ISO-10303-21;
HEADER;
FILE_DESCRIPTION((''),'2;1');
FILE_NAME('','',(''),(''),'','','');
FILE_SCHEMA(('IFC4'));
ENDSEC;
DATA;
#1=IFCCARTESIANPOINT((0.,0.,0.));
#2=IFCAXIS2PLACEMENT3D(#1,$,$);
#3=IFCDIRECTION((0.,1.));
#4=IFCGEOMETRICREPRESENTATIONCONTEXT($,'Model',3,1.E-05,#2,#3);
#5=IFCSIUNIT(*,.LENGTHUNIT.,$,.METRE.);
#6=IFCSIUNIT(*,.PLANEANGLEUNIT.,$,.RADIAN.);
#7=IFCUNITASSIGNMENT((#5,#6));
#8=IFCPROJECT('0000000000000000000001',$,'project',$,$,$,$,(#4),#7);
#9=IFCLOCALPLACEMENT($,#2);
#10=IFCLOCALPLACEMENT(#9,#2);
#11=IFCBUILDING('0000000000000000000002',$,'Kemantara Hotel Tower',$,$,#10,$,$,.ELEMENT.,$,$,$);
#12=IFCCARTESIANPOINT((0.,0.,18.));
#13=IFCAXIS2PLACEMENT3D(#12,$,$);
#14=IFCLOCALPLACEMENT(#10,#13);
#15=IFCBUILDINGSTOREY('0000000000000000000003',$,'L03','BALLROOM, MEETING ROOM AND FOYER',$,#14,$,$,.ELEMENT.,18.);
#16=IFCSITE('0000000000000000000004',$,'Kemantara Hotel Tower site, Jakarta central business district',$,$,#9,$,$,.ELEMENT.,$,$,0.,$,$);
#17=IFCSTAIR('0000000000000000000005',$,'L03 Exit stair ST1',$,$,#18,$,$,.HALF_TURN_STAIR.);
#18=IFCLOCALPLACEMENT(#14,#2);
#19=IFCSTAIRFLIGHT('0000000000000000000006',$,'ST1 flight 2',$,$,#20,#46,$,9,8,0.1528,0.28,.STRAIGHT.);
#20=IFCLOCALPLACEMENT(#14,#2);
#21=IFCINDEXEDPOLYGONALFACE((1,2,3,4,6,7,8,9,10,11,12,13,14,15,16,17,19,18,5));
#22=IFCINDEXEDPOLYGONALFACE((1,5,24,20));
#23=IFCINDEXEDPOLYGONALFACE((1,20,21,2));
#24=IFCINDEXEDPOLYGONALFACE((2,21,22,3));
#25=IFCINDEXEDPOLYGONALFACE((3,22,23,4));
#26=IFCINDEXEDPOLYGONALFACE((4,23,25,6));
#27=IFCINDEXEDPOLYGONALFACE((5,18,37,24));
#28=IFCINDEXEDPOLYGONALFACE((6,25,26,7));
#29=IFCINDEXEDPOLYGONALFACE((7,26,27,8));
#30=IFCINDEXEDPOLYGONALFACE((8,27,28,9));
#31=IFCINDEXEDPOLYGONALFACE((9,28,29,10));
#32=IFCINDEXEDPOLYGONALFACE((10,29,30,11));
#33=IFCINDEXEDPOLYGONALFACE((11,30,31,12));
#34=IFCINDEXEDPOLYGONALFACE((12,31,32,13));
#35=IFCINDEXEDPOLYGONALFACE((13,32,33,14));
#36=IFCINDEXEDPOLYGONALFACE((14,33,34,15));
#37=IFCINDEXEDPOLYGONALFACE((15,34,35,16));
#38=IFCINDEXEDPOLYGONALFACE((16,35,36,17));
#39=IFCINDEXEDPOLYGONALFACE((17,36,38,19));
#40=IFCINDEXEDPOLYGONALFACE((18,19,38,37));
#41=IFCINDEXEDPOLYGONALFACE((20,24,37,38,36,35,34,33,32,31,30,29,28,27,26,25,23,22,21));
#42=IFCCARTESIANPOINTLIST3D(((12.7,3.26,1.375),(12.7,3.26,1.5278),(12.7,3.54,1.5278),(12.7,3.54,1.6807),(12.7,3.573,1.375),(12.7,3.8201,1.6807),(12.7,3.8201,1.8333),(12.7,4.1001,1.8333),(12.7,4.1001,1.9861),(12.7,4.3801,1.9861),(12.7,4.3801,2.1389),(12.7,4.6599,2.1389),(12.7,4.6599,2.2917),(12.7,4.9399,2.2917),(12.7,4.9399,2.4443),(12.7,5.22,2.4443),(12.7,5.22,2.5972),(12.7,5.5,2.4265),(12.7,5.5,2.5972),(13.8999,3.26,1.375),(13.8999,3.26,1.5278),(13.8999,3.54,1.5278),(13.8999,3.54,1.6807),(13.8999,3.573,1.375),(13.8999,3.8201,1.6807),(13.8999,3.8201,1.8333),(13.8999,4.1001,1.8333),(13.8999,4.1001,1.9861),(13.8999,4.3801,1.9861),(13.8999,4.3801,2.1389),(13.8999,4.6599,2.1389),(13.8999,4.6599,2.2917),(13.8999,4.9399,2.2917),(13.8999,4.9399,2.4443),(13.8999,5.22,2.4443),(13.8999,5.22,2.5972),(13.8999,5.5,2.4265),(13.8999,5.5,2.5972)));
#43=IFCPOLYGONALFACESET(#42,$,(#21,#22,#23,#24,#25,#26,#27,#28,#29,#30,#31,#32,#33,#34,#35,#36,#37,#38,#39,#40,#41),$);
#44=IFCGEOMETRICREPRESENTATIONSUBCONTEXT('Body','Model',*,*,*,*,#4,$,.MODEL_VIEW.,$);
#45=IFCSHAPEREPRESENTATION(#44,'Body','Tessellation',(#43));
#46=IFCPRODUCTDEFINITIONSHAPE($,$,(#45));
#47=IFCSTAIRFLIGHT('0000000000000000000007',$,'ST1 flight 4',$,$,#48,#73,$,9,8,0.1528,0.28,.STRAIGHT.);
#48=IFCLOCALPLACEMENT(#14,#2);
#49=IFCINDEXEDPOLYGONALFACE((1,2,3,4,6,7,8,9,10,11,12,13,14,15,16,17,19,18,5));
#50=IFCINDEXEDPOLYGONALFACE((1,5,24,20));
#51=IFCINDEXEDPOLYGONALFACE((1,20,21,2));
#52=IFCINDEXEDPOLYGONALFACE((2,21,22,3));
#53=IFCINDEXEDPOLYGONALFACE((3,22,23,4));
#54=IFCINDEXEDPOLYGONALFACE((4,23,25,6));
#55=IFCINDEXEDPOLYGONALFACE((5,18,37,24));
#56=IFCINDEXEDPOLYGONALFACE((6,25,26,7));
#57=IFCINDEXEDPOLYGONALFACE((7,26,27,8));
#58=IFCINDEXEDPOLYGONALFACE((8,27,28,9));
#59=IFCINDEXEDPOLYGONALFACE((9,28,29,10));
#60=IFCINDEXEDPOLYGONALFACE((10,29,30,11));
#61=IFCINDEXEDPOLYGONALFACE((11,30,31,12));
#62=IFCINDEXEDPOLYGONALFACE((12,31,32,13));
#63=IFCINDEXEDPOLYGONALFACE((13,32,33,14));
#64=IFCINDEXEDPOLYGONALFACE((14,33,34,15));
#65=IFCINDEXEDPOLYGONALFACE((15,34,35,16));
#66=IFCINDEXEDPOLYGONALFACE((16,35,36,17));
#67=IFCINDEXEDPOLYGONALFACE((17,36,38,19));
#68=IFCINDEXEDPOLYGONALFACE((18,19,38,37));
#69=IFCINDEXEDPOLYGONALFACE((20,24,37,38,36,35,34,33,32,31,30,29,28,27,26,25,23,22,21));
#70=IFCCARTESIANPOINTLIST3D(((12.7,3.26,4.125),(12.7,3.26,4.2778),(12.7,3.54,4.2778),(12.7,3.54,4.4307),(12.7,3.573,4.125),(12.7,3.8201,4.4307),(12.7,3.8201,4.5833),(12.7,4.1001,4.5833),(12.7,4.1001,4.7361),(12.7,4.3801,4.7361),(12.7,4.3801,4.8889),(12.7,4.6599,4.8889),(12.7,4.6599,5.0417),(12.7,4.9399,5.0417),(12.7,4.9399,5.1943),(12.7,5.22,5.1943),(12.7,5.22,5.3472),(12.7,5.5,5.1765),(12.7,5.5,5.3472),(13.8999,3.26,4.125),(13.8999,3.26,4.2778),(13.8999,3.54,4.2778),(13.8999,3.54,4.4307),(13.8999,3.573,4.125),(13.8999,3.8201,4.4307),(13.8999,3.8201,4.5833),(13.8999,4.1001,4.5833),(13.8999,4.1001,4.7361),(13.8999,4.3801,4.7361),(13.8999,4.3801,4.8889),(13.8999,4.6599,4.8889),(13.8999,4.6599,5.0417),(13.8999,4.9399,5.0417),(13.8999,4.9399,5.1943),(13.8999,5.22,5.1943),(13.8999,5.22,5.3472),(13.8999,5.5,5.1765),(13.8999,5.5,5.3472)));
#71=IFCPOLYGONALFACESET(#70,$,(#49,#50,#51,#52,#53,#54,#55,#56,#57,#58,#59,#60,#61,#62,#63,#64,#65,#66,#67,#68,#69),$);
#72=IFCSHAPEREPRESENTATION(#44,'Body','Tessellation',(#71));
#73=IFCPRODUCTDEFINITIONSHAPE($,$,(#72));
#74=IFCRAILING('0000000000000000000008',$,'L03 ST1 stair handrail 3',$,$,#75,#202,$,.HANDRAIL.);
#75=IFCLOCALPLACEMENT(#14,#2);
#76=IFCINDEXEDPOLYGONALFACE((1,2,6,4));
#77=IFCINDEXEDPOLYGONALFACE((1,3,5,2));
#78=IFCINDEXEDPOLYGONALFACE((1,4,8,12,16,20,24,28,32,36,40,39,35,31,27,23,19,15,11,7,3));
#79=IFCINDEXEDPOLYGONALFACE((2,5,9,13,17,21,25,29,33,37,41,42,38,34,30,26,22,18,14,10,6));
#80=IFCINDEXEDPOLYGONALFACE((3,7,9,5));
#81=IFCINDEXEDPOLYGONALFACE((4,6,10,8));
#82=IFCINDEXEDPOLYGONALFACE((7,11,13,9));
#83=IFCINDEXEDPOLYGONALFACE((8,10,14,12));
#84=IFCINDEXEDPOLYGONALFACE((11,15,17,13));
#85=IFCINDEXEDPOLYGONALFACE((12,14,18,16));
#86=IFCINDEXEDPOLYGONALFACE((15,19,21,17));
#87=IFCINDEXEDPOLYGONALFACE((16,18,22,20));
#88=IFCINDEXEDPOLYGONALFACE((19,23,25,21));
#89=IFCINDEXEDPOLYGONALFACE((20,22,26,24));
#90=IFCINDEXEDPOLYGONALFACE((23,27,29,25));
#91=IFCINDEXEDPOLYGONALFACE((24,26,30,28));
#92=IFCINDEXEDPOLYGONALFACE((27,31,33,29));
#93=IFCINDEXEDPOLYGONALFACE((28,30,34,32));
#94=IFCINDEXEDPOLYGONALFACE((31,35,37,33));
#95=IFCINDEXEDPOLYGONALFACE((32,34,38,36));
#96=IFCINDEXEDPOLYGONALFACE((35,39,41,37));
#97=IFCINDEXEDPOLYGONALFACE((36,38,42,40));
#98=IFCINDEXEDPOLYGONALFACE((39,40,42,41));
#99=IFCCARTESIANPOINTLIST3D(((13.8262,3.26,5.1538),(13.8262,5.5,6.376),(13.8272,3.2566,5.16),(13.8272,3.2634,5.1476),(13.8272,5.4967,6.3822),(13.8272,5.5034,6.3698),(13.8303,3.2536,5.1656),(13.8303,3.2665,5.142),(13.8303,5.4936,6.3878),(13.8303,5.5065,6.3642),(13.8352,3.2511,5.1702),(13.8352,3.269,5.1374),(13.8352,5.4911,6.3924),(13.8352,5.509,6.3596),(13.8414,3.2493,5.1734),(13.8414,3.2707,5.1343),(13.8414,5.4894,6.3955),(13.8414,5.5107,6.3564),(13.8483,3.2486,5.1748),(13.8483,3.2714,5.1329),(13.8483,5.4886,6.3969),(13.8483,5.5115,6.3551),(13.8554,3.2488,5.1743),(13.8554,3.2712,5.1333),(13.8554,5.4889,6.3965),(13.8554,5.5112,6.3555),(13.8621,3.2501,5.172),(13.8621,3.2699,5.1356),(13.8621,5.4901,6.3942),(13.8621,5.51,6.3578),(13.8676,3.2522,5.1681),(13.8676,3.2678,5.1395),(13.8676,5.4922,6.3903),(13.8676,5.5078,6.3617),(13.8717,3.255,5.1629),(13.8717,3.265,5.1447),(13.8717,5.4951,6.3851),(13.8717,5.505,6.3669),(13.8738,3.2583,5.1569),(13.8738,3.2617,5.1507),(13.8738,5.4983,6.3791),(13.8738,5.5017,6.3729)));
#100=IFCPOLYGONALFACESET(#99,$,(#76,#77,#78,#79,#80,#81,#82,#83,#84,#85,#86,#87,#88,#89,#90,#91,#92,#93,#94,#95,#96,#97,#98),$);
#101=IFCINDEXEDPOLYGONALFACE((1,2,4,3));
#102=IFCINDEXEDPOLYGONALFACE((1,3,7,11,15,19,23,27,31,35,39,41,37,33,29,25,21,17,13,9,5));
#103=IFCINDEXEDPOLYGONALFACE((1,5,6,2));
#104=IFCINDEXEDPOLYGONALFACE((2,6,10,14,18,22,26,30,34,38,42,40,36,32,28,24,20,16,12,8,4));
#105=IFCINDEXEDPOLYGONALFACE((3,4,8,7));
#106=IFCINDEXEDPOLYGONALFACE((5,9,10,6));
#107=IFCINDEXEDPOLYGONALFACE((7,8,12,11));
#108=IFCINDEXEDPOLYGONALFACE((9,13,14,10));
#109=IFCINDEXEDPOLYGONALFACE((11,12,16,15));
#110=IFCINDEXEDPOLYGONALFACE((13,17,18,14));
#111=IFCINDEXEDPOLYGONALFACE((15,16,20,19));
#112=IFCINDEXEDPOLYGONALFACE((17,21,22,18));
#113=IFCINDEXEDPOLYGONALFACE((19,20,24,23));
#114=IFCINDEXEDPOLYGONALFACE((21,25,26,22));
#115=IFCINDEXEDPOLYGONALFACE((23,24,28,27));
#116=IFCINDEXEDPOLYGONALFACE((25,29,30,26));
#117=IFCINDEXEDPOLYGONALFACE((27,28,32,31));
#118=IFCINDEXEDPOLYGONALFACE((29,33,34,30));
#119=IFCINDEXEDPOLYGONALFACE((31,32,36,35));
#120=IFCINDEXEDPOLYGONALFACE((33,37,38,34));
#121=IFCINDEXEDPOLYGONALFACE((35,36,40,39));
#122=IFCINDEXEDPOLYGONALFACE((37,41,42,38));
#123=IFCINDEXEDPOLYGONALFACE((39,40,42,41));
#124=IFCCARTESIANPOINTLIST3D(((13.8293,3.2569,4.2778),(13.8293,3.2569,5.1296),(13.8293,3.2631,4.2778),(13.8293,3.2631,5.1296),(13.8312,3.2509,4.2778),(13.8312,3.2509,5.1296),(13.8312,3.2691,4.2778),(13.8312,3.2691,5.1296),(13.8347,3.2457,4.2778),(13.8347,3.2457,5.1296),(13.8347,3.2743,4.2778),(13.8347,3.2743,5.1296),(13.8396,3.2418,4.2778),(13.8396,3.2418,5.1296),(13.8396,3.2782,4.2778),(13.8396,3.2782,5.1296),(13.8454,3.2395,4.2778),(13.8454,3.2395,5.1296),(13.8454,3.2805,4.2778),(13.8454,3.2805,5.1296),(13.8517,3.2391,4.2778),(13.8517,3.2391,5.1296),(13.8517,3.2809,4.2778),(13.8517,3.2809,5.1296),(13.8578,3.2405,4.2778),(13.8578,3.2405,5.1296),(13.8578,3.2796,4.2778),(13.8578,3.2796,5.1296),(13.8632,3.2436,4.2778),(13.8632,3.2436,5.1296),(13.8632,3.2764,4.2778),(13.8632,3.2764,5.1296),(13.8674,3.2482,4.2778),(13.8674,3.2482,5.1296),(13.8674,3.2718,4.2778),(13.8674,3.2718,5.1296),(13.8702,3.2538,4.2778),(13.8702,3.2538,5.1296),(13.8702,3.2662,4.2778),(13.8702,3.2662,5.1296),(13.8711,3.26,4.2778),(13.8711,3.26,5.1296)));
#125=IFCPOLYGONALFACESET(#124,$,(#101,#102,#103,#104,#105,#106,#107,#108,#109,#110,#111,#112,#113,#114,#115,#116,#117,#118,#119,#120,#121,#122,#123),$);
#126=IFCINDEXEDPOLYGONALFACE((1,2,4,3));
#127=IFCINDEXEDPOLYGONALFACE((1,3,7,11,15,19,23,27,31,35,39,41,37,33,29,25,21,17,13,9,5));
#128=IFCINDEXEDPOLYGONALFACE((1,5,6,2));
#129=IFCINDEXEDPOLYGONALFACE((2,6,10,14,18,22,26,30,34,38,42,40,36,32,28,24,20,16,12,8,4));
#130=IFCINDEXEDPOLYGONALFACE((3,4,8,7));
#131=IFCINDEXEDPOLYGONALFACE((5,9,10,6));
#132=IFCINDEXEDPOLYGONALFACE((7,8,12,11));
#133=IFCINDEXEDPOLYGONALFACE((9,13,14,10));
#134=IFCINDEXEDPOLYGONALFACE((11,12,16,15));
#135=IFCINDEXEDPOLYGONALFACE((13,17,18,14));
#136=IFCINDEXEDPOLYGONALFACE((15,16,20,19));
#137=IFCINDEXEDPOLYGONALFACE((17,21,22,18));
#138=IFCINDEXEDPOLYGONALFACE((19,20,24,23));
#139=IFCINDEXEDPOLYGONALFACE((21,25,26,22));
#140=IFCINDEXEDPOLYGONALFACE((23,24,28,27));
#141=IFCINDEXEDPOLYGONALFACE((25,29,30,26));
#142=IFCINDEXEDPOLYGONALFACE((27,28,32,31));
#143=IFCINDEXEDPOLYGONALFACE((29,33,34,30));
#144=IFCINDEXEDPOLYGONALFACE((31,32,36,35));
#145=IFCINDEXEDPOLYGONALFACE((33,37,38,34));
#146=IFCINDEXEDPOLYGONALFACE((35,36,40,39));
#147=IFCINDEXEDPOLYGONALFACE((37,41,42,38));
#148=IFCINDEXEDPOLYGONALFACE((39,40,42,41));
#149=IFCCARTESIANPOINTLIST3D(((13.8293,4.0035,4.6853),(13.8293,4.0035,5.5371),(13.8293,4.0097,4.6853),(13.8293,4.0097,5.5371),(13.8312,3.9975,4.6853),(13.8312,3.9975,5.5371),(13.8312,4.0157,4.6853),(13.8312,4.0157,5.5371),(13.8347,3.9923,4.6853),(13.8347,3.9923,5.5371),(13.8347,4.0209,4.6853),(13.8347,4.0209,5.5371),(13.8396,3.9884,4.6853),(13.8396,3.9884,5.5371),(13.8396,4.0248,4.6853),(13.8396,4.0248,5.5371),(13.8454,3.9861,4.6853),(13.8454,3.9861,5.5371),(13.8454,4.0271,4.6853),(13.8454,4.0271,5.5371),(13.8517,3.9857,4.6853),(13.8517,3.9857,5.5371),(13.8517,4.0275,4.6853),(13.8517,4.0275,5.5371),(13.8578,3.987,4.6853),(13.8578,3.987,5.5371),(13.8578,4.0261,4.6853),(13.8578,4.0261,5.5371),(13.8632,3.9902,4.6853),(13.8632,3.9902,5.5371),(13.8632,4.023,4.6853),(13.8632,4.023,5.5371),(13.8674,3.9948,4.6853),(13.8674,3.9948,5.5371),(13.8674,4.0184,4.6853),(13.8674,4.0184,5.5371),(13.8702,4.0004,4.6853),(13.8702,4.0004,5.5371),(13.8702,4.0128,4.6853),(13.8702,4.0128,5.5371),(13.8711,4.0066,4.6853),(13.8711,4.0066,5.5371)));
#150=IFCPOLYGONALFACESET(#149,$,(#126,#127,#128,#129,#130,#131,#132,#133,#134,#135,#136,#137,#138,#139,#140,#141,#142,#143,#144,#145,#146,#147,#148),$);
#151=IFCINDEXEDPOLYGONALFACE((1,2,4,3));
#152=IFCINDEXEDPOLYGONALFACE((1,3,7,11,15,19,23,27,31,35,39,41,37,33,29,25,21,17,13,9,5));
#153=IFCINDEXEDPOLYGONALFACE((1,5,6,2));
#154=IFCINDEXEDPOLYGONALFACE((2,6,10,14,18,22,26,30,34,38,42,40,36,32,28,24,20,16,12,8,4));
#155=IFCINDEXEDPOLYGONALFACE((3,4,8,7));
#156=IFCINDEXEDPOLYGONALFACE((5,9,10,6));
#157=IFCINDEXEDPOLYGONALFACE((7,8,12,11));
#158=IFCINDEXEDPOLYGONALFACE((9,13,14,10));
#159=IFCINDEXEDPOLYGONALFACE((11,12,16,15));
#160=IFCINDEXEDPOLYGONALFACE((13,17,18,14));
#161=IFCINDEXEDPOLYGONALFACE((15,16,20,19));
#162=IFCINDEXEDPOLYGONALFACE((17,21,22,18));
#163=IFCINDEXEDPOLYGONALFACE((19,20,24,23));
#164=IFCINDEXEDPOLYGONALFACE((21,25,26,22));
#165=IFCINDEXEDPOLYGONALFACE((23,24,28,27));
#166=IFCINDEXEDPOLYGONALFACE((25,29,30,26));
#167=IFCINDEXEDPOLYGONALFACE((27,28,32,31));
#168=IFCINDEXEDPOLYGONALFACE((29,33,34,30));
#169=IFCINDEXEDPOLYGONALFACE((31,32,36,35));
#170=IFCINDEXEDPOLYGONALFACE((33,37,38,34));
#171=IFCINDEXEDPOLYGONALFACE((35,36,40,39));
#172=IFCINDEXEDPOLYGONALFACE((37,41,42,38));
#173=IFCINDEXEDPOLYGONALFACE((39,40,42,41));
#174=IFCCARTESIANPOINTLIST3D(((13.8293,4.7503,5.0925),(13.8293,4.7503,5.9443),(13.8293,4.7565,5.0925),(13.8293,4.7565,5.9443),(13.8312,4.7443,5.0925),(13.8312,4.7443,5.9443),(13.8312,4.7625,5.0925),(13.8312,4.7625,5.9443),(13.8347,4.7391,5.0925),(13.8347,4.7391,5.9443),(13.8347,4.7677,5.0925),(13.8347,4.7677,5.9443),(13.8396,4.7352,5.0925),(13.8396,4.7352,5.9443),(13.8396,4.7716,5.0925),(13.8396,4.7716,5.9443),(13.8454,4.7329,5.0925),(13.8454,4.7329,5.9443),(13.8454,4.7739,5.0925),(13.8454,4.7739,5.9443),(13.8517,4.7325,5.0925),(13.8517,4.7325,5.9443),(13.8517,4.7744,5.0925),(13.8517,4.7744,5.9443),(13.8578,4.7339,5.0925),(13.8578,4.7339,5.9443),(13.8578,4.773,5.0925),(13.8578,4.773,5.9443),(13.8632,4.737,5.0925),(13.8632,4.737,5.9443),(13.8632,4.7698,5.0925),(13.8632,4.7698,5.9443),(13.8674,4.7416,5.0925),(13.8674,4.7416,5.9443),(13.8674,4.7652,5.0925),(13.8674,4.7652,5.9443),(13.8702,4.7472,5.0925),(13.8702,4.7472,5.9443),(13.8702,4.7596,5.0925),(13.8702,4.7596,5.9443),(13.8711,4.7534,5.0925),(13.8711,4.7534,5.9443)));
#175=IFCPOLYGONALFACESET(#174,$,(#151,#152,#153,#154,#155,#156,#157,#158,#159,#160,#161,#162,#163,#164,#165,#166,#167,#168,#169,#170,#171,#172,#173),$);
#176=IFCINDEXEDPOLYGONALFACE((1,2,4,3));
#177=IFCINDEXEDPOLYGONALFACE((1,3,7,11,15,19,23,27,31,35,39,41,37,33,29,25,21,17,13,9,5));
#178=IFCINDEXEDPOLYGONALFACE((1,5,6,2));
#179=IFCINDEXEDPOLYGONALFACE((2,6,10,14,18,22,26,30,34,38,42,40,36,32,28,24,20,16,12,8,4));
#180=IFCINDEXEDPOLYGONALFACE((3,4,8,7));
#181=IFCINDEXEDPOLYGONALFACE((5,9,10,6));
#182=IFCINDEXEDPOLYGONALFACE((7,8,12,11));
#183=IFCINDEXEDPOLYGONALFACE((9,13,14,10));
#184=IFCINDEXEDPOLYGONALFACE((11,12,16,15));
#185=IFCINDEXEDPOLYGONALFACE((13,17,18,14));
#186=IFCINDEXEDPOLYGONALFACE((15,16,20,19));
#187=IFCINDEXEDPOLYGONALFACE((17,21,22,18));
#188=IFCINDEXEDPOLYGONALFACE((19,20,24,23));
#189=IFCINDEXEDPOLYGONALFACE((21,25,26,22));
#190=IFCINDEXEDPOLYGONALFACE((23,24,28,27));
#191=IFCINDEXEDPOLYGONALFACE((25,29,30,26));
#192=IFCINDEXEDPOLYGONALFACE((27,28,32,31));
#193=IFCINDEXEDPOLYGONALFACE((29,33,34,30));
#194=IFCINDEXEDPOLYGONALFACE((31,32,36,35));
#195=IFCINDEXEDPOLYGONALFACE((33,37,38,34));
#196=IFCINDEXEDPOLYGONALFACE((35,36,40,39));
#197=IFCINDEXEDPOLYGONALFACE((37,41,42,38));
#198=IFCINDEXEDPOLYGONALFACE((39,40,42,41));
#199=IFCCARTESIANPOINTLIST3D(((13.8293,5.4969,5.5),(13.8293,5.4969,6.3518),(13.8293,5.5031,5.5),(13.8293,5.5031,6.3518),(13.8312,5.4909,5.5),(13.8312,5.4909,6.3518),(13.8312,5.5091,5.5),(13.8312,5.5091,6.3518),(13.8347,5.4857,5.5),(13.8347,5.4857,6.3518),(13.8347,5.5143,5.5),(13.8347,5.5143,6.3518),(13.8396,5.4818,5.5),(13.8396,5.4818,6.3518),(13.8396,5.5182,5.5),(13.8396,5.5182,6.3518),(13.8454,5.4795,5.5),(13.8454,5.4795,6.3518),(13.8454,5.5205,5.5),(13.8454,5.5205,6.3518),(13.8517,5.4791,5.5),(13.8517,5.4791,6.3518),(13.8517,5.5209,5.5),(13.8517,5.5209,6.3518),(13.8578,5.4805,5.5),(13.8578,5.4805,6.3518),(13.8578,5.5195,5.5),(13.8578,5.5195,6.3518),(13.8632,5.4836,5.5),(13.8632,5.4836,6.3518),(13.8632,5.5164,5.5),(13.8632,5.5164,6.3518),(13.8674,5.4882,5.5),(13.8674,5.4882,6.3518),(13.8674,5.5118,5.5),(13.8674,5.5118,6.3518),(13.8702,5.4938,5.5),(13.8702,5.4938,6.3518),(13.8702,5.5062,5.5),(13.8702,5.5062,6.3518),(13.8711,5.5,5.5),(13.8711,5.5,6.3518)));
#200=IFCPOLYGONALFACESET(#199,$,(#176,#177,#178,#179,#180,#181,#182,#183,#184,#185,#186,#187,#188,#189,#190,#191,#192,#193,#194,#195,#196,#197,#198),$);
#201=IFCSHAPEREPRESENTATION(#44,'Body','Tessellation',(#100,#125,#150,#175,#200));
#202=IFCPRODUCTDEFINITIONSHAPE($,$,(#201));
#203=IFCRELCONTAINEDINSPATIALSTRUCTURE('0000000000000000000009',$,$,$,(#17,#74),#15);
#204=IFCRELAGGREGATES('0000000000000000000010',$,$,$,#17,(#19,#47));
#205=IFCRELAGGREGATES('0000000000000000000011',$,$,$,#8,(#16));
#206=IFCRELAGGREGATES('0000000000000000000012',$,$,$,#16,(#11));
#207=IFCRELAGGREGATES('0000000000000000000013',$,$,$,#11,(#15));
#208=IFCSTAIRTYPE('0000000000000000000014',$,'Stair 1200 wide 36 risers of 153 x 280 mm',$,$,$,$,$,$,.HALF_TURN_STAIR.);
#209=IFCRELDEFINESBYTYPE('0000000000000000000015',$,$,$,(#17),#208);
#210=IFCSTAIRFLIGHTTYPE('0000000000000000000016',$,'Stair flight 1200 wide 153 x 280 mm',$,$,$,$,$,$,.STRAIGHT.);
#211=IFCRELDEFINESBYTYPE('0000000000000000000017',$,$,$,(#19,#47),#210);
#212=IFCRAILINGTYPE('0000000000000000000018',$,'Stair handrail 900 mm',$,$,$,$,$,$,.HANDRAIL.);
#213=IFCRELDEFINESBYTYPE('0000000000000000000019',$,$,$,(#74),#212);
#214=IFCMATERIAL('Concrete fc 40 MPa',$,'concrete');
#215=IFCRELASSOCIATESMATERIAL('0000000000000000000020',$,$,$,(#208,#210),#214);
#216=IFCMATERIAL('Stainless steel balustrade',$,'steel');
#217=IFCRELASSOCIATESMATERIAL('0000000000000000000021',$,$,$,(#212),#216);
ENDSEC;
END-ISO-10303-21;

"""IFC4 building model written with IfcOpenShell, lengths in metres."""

from ifc_helpers import new_model, si_unit, direction, frame, origin, origin_2d, place, context, subcontext, project, spatial, polyline, circle, outline, extrude, material, type_object, element, aggregate, save


model = new_model("IFC4")

# Units and contexts
model_context = context("Model", 3, precision=1e-05, world=origin(), true_north=direction((0.0, 1.0)))
body_context = subcontext(model_context, "Body", "Model", "MODEL_VIEW")
ifc_project = project(units=[si_unit("LENGTHUNIT", "METRE"), si_unit("PLANEANGLEUNIT", "RADIAN")], contexts=[model_context])

# Site, building, storey
site_placement = place(None, origin())
site = spatial("IfcSite", under=ifc_project, at=site_placement, Name="Kemantara Hotel Tower site, Jakarta central business district", CompositionType="ELEMENT", RefElevation=0.0)
building_placement = place(site_placement, origin())
building = spatial("IfcBuilding", under=site, at=building_placement, Name="Kemantara Hotel Tower", CompositionType="ELEMENT")
storey_placement = place(building_placement, frame((0.0, 0.0, 18.0)))
storey = spatial("IfcBuildingStorey", under=building, at=storey_placement, Name="L03", Description="BALLROOM, MEETING ROOM AND FOYER", CompositionType="ELEMENT", Elevation=18.0)

# Stair, stair flights
ifc_material_1 = material(Name="Concrete fc 40 MPa", Category="concrete")
stair_type = type_object("IfcStairType", Name="Stair 1200 wide 36 risers of 153 x 280 mm", PredefinedType="HALF_TURN_STAIR", material=ifc_material_1)
stair_placement = place(storey_placement, origin())
stair = element("IfcStair", 1, at=stair_placement, inside=storey, type_object=stair_type, Name="L03 Exit stair ST1", PredefinedType="HALF_TURN_STAIR")
stair_flight_type = type_object("IfcStairFlightType", Name="Stair flight 1200 wide 153 x 280 mm", PredefinedType="STRAIGHT", material=ifc_material_1)
stair_flight_1_placement = place(storey_placement, frame((13.3, 3.26, 1.375), z_axis=(0.0, 0.0, 1.0), x_axis=(0.0, 1.0, 0.0)))
stair_flight_1 = element("IfcStairFlight", 2, at=stair_flight_1_placement, type_object=stair_flight_type, Name="ST1 flight 2", NumberOfRisers=9, NumberOfTreads=8, PredefinedType="STRAIGHT", RiserHeight=0.1528, TreadLength=0.28, context=body_context, shape_type="SweptSolid", body=[
    extrude(outline(polyline([(0.0, 0.0), (0.0, 0.1528), (0.28, 0.1528), (0.28, 0.3057), (0.5601, 0.3057), (0.5601, 0.4583), (0.8401, 0.4583), (0.8401, 0.6111), (1.1201, 0.6111), (1.1201, 0.7639), (1.3999, 0.7639), (1.3999, 0.9167), (1.6799, 0.9167), (1.6799, 1.0693), (1.96, 1.0693), (1.96, 1.2222), (2.24, 1.2222), (2.24, 1.375), (2.24, 1.0515), (0.313, 0.0), (0.0, 0.0)])), frame((0.0, 0.6001, 0.0), z_axis=(0.0, -1.0, 0.0), x_axis=(1.0, 0.0, 0.0)), (0.0, 0.0, 1.0), 1.2),
])
stair_flight_2_placement = place(storey_placement, frame((13.3, 3.26, 4.125), z_axis=(0.0, 0.0, 1.0), x_axis=(0.0, 1.0, 0.0)))
stair_flight_2 = element("IfcStairFlight", 3, at=stair_flight_2_placement, type_object=stair_flight_type, Name="ST1 flight 4", NumberOfRisers=9, NumberOfTreads=8, PredefinedType="STRAIGHT", RiserHeight=0.1528, TreadLength=0.28, context=body_context, shape_type="SweptSolid", body=[
    extrude(outline(polyline([(0.0, 0.0), (0.0, 0.1528), (0.28, 0.1528), (0.28, 0.3057), (0.5601, 0.3057), (0.5601, 0.4583), (0.8401, 0.4583), (0.8401, 0.6111), (1.1201, 0.6111), (1.1201, 0.7639), (1.3999, 0.7639), (1.3999, 0.9167), (1.6799, 0.9167), (1.6799, 1.0693), (1.96, 1.0693), (1.96, 1.2222), (2.24, 1.2222), (2.24, 1.375), (2.24, 1.0515), (0.313, 0.0), (0.0, 0.0)])), frame((0.0, 0.6001, 0.0), z_axis=(0.0, -1.0, 0.0), x_axis=(1.0, 0.0, 0.0)), (0.0, 0.0, 1.0), 1.2),
])
aggregate(stair, [stair_flight_1, stair_flight_2])

# Railing
ifc_material_2 = material(Name="Stainless steel balustrade", Category="steel")
railing_type_1 = type_object("IfcRailingType", Name="Stair handrail 900 mm", PredefinedType="HANDRAIL", material=ifc_material_2)
railing_1_placement = place(storey_placement, frame((13.8501, 3.26, 4.2778)))
element("IfcRailing", 4, at=railing_1_placement, inside=storey, type_object=railing_type_1, Name="L03 ST1 stair handrail 3", PredefinedType="HANDRAIL", context=body_context, shape_type="SweptSolid", body=[
    extrude(circle(Radius=0.0239, at=origin_2d()), frame((0.0, 0.0, 0.876), z_axis=(0.0, 0.877837, 0.478959), x_axis=(-1.0, 0.0, 0.0)), (0.0, 0.0, 1.0), 2.5518),
    extrude(circle(Radius=0.021, at=origin_2d()), origin(), (0.0, 0.0, 1.0), 0.8518),
    extrude(circle(Radius=0.021, at=origin_2d()), frame((0.0, 0.7466, 0.4075)), (0.0, 0.0, 1.0), 0.8518),
    extrude(circle(Radius=0.021, at=origin_2d()), frame((0.0, 1.4934, 0.8147)), (0.0, 0.0, 1.0), 0.8518),
    extrude(circle(Radius=0.021, at=origin_2d()), frame((0.0, 2.24, 1.2222)), (0.0, 0.0, 1.0), 0.8518),
])

save(model, "model.ifc")
